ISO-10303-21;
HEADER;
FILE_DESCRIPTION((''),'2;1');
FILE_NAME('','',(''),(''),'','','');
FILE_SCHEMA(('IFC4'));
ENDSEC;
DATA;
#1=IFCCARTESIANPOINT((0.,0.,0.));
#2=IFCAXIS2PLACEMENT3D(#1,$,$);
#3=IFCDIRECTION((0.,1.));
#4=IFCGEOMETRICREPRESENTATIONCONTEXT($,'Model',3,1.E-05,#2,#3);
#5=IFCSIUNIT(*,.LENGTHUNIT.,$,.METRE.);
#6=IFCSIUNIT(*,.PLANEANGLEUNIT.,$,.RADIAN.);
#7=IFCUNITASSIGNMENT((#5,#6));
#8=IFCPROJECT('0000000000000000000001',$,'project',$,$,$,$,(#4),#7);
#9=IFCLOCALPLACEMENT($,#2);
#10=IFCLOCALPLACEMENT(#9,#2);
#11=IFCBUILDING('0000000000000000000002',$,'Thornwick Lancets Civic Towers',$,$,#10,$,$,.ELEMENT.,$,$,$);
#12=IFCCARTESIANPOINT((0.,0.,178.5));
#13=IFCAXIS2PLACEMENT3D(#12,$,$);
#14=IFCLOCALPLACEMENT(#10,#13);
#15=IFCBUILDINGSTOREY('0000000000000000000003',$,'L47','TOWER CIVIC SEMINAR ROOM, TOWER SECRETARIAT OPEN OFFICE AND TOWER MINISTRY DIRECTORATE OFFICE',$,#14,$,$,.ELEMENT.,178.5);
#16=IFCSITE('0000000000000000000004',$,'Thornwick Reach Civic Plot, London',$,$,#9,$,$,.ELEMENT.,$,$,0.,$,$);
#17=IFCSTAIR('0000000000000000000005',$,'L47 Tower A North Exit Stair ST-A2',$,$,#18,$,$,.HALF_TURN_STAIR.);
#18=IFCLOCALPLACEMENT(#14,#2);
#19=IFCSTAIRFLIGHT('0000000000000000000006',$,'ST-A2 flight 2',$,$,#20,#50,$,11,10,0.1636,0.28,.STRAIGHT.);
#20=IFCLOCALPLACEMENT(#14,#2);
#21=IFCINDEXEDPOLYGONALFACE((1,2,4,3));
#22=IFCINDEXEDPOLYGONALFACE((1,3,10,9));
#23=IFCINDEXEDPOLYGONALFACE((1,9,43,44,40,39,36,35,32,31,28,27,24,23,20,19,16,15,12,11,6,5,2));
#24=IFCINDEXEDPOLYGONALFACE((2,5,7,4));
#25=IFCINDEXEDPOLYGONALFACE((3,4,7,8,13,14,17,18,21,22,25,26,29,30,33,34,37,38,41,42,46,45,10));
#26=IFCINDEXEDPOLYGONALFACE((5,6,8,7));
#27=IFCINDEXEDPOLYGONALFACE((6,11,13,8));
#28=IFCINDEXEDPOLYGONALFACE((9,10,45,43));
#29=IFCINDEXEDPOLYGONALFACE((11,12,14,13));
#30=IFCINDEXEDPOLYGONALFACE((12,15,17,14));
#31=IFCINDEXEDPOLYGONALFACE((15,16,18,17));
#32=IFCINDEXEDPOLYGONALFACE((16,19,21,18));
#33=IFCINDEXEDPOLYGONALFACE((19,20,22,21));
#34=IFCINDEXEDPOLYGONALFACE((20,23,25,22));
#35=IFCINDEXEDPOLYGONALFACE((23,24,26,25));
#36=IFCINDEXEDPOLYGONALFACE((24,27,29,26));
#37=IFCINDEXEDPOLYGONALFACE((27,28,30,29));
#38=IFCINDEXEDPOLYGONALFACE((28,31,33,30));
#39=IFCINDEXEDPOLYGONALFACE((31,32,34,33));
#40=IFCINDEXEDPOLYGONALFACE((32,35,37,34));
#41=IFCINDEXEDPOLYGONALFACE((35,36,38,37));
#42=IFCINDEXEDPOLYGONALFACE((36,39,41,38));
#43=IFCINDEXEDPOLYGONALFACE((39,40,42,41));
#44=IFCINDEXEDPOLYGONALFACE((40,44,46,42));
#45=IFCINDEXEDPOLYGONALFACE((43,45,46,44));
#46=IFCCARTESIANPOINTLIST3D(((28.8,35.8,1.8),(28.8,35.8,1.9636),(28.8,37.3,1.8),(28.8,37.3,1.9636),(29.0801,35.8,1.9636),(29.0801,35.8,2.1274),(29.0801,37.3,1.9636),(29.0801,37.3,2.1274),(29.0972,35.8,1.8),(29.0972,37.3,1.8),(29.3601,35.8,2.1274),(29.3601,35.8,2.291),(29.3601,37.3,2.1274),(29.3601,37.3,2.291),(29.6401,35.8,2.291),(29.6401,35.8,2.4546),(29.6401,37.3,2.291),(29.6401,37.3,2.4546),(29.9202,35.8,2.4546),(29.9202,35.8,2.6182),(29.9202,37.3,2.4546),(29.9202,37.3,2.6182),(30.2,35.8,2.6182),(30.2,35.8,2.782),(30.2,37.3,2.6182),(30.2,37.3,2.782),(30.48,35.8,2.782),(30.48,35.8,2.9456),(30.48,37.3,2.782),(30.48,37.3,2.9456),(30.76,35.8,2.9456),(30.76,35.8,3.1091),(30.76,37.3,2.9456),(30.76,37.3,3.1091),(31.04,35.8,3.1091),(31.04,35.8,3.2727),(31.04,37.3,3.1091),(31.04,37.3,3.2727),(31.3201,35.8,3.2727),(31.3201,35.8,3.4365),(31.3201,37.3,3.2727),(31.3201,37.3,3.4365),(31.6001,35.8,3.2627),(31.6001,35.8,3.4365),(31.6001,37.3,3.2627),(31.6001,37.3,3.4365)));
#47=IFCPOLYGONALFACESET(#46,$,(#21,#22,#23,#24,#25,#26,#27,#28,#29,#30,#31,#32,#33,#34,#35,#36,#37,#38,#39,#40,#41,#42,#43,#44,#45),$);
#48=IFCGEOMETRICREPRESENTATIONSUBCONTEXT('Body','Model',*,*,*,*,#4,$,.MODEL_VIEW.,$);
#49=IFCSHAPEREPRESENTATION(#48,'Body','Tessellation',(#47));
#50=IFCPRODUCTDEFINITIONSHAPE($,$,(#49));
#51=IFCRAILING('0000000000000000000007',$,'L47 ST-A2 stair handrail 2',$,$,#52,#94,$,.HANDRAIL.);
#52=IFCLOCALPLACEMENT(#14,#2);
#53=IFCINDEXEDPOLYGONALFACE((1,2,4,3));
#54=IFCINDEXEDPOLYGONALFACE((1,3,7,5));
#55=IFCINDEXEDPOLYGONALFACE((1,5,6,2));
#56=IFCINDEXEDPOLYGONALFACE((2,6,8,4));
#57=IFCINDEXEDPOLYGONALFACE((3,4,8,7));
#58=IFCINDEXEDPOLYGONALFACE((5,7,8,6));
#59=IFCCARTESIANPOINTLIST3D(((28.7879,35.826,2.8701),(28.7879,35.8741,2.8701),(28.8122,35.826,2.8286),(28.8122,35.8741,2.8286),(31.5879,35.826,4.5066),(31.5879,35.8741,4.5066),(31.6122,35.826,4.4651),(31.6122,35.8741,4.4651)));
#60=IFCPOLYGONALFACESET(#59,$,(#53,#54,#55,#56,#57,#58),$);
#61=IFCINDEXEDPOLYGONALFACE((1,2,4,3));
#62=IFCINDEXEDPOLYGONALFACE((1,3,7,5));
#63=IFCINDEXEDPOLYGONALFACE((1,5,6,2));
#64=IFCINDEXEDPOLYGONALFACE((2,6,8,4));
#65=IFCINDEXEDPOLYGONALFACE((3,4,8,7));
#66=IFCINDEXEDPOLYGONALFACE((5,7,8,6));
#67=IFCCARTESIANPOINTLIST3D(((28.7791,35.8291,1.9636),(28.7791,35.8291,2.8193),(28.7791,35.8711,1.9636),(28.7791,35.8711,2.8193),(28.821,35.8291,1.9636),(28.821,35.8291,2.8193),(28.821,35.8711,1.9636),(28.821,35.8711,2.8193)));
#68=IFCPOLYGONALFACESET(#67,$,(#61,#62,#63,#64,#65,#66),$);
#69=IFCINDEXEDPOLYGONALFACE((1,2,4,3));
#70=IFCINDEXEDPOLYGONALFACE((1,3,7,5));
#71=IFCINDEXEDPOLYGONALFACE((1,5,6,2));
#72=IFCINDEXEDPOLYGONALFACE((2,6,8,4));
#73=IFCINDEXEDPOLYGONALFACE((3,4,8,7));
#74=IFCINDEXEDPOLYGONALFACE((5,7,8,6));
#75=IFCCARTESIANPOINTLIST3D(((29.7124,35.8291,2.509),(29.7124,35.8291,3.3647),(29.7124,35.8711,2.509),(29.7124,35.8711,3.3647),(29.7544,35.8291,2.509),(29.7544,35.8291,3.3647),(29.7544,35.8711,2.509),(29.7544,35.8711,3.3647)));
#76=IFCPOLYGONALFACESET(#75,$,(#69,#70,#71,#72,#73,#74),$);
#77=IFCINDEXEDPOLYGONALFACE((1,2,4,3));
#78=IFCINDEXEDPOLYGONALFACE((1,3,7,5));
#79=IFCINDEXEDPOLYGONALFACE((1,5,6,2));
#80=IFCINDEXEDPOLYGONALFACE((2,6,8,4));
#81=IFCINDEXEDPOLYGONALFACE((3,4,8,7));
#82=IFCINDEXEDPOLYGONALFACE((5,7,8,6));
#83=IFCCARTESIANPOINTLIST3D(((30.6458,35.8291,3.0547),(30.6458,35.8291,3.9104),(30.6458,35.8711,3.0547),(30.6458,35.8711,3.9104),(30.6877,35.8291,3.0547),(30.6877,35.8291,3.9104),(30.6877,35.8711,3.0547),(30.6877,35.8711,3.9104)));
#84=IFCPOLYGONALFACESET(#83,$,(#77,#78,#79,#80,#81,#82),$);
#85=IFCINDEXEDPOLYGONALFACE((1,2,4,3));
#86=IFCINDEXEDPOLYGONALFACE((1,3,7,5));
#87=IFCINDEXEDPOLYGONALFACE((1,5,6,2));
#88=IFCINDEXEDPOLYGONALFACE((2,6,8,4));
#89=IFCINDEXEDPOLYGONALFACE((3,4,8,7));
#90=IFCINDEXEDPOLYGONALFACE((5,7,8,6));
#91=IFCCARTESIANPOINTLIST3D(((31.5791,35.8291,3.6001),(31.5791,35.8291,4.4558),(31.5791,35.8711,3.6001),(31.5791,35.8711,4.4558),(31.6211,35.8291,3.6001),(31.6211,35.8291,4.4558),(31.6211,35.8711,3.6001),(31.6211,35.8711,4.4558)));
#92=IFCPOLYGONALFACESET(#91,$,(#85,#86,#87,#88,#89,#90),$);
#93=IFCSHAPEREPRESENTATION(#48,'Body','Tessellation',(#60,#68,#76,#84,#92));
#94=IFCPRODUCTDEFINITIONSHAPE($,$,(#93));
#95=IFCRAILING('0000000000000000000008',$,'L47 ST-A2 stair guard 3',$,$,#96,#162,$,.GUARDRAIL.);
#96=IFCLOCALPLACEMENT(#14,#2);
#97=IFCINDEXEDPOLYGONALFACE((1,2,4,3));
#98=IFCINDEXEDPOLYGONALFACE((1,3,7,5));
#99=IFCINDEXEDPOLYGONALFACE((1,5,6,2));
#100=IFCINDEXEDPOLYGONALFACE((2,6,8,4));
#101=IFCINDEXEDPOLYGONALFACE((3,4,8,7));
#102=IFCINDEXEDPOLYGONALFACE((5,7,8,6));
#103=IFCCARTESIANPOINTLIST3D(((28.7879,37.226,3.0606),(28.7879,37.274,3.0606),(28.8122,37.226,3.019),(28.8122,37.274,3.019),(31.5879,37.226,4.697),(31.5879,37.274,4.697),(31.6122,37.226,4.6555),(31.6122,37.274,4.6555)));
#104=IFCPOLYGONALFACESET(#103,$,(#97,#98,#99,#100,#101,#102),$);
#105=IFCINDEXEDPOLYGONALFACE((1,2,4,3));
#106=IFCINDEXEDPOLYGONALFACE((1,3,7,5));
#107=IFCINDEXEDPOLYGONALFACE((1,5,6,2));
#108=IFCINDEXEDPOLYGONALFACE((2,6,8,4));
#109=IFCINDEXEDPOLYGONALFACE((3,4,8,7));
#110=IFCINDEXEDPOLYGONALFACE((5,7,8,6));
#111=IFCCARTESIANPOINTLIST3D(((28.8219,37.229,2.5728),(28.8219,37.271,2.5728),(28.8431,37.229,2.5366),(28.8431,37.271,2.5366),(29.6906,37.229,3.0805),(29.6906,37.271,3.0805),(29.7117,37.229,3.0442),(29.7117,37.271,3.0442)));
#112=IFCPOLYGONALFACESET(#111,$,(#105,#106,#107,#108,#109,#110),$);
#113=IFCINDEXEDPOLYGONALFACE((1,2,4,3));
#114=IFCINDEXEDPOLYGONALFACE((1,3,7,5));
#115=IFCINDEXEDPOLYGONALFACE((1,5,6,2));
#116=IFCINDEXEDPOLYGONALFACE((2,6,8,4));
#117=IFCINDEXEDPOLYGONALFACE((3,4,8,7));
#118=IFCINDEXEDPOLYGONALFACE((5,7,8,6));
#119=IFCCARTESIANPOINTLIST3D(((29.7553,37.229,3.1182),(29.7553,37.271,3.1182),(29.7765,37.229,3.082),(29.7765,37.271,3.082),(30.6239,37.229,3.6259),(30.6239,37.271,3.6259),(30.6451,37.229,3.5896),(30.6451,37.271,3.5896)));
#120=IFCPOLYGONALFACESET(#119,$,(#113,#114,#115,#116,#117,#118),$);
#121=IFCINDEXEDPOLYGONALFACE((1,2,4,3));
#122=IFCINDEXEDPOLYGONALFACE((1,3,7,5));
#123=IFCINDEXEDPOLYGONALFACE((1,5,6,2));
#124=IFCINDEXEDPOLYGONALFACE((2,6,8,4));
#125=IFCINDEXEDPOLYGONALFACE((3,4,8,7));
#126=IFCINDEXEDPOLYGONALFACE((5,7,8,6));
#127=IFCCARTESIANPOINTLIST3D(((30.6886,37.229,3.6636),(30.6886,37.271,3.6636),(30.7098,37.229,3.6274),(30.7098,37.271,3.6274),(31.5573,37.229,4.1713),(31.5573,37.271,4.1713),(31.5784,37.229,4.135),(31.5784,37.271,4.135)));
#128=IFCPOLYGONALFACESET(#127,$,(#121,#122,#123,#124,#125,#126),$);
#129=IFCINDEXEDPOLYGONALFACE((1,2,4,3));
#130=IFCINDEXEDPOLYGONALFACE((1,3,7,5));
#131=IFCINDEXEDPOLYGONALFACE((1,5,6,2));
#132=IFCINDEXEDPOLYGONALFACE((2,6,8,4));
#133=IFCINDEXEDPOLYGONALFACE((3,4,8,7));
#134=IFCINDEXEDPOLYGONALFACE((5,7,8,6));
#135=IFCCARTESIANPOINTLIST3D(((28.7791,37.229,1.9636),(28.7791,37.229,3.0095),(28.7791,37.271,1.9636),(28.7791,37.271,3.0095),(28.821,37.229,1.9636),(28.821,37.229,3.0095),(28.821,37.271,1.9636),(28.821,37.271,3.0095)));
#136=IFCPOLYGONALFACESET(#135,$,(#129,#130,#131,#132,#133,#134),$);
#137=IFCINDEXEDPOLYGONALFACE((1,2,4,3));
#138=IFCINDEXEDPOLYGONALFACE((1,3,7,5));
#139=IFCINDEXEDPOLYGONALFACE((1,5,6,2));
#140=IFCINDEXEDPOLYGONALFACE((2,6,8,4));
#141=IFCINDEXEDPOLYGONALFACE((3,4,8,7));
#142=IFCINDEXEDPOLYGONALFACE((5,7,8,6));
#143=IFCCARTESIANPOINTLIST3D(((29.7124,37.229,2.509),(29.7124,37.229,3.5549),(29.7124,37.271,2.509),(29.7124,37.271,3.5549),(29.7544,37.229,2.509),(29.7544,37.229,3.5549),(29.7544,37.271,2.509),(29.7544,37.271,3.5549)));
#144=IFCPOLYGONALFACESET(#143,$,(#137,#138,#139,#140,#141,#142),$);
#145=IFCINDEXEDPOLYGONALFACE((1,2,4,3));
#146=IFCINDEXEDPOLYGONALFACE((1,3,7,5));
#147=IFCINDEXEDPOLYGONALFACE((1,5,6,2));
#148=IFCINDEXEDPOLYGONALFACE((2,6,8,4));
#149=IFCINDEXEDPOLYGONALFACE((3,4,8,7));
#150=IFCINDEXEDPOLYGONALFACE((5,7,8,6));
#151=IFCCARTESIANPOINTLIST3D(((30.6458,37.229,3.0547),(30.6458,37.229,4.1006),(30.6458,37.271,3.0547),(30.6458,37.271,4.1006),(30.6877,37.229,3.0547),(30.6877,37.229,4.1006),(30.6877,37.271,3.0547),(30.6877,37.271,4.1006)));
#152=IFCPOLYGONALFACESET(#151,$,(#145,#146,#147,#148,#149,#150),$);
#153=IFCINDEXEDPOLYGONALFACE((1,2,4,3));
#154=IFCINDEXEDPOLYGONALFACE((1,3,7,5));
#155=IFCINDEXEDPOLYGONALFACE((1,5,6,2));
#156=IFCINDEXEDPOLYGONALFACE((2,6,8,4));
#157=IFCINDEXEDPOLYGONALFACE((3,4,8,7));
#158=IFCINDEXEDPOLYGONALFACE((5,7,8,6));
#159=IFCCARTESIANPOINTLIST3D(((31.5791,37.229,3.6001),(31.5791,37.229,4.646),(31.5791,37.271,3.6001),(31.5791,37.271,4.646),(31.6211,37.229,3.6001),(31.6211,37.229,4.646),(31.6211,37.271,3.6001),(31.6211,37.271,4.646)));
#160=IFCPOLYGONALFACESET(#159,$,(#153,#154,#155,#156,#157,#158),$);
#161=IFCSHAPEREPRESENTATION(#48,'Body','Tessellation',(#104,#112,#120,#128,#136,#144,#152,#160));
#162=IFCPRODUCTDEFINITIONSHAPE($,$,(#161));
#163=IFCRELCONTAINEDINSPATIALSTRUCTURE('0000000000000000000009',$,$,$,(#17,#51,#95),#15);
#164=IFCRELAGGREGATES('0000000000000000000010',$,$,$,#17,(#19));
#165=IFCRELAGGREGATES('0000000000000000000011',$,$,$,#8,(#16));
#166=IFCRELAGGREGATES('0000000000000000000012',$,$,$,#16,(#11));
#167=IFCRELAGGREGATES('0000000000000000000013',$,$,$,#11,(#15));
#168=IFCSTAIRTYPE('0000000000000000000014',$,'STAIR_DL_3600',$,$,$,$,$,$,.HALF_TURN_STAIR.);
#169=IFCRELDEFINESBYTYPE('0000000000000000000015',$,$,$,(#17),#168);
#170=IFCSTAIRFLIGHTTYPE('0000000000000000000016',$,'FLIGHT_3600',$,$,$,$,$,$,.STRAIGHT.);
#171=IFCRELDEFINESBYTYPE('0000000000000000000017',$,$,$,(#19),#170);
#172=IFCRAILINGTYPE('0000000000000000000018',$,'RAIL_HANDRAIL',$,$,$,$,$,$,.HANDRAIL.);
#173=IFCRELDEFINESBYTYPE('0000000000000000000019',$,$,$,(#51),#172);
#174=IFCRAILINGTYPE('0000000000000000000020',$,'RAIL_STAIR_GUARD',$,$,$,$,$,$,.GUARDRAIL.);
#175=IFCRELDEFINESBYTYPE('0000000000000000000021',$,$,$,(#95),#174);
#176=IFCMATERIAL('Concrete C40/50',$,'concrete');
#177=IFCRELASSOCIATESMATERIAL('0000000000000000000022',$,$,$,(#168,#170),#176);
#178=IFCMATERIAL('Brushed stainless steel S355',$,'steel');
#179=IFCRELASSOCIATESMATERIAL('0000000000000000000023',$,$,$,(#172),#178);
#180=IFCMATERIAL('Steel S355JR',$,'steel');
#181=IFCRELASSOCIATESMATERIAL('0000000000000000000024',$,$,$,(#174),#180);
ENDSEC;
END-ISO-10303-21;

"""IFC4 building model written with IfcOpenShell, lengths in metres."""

from ifc_helpers import new_model, si_unit, direction, frame, origin, origin_2d, place, context, subcontext, project, spatial, polyline, rectangle, outline, extrude, material, type_object, element, aggregate, save


model = new_model("IFC4")

# Units and contexts
model_context = context("Model", 3, precision=1e-05, world=origin(), true_north=direction((0.0, 1.0)))
body_context = subcontext(model_context, "Body", "Model", "MODEL_VIEW")
ifc_project = project(units=[si_unit("LENGTHUNIT", "METRE"), si_unit("PLANEANGLEUNIT", "RADIAN")], contexts=[model_context])

# Site, building, storey
site_placement = place(None, origin())
site = spatial("IfcSite", under=ifc_project, at=site_placement, Name="Thornwick Reach Civic Plot, London", CompositionType="ELEMENT", RefElevation=0.0)
building_placement = place(site_placement, origin())
building = spatial("IfcBuilding", under=site, at=building_placement, Name="Thornwick Lancets Civic Towers", CompositionType="ELEMENT")
storey_placement = place(building_placement, frame((0.0, 0.0, 178.5)))
storey = spatial("IfcBuildingStorey", under=building, at=storey_placement, Name="L47", Description="TOWER CIVIC SEMINAR ROOM, TOWER SECRETARIAT OPEN OFFICE AND TOWER MINISTRY DIRECTORATE OFFICE", CompositionType="ELEMENT", Elevation=178.5)

# Shared definitions
ifc_material_1 = material(Name="Steel S355JR", Category="steel")

# Shared definitions
ifc_material_2 = material(Name="Concrete C40/50", Category="concrete")

# Stair, stair flight
stair_type = type_object("IfcStairType", Name="STAIR_DL_3600", PredefinedType="HALF_TURN_STAIR", material=ifc_material_2)
stair_placement = place(storey_placement, origin())
stair = element("IfcStair", 1, at=stair_placement, inside=storey, type_object=stair_type, Name="L47 Tower A North Exit Stair ST-A2", PredefinedType="HALF_TURN_STAIR")
stair_flight_type = type_object("IfcStairFlightType", Name="FLIGHT_3600", PredefinedType="STRAIGHT", material=ifc_material_2)
stair_flight_placement = place(storey_placement, frame((28.8, 36.55, 1.8), z_axis=(0.0, 0.0, 1.0), x_axis=(1.0, 0.0, 0.0)))
stair_flight = element("IfcStairFlight", 2, at=stair_flight_placement, type_object=stair_flight_type, Name="ST-A2 flight 2", NumberOfRisers=11, NumberOfTreads=10, PredefinedType="STRAIGHT", RiserHeight=0.1636, TreadLength=0.28, context=body_context, shape_type="SweptSolid", body=[
    extrude(outline(polyline([(0.0, 0.0), (0.0, 0.1636), (0.28, 0.1636), (0.28, 0.3274), (0.5601, 0.3274), (0.5601, 0.491), (0.8401, 0.491), (0.8401, 0.6545), (1.1201, 0.6545), (1.1201, 0.8181), (1.3999, 0.8181), (1.3999, 0.9819), (1.6799, 0.9819), (1.6799, 1.1455), (1.96, 1.1455), (1.96, 1.3091), (2.24, 1.3091), (2.24, 1.4727), (2.52, 1.4727), (2.52, 1.6365), (2.8, 1.6365), (2.8, 1.8), (2.8, 1.4626), (0.2971, 0.0), (0.0, 0.0)])), frame((0.0, 0.75, 0.0), z_axis=(0.0, -1.0, 0.0), x_axis=(1.0, 0.0, 0.0)), (0.0, 0.0, 1.0), 1.5),
])
aggregate(stair, [stair_flight])

# Railings
ifc_material_3 = material(Name="Brushed stainless steel S355", Category="steel")
railing_type_1 = type_object("IfcRailingType", Name="RAIL_HANDRAIL", PredefinedType="HANDRAIL", material=ifc_material_3)
railing_1_placement = place(storey_placement, frame((28.8, 35.8501, 1.9636)))
element("IfcRailing", 3, at=railing_1_placement, inside=storey, type_object=railing_type_1, Name="L47 ST-A2 stair handrail 2", PredefinedType="HANDRAIL", context=body_context, shape_type="SweptSolid", body=[
    extrude(rectangle(XDim=0.0481, YDim=0.0481, at=origin_2d()), frame((0.0, 0.0, 0.8857), z_axis=(0.863361, 0.0, 0.504587), x_axis=(0.0, 1.0, 0.0)), (0.0, 0.0, 1.0), 3.2432),
    extrude(rectangle(XDim=0.042, YDim=0.042, at=origin_2d()), origin(), (0.0, 0.0, 1.0), 0.8557),
    extrude(rectangle(XDim=0.042, YDim=0.042, at=origin_2d()), frame((0.9333, 0.0, 0.5454)), (0.0, 0.0, 1.0), 0.8557),
    extrude(rectangle(XDim=0.042, YDim=0.042, at=origin_2d()), frame((1.8667, 0.0, 1.0911)), (0.0, 0.0, 1.0), 0.8557),
    extrude(rectangle(XDim=0.042, YDim=0.042, at=origin_2d()), frame((2.8, 0.0, 1.6365)), (0.0, 0.0, 1.0), 0.8557),
])
railing_type_2 = type_object("IfcRailingType", Name="RAIL_STAIR_GUARD", PredefinedType="GUARDRAIL", material=ifc_material_1)
railing_2_placement = place(storey_placement, frame((28.8, 37.25, 1.9636)))
element("IfcRailing", 4, at=railing_2_placement, inside=storey, type_object=railing_type_2, Name="L47 ST-A2 stair guard 3", PredefinedType="GUARDRAIL", context=body_context, shape_type="SweptSolid", body=[
    extrude(rectangle(XDim=0.0481, YDim=0.0481, at=origin_2d()), frame((0.0, 0.0, 1.0762), z_axis=(0.863361, 0.0, 0.504587), x_axis=(0.0, 1.0, 0.0)), (0.0, 0.0, 1.0), 3.2432),
    extrude(rectangle(XDim=0.042, YDim=0.042, at=origin_2d()), frame((0.0325, 0.0, 0.5911), z_axis=(0.863361, 0.0, 0.504587), x_axis=(0.0, 1.0, 0.0)), (0.0, 0.0, 1.0), 1.0061),
    extrude(rectangle(XDim=0.042, YDim=0.042, at=origin_2d()), frame((0.9658, 0.0, 1.1365), z_axis=(0.863361, 0.0, 0.504587), x_axis=(0.0, 1.0, 0.0)), (0.0, 0.0, 1.0), 1.0061),
    extrude(rectangle(XDim=0.042, YDim=0.042, at=origin_2d()), frame((1.8992, 0.0, 1.6819), z_axis=(0.863361, 0.0, 0.504587), x_axis=(0.0, 1.0, 0.0)), (0.0, 0.0, 1.0), 1.0061),
    extrude(rectangle(XDim=0.042, YDim=0.042, at=origin_2d()), origin(), (0.0, 0.0, 1.0), 1.0459),
    extrude(rectangle(XDim=0.042, YDim=0.042, at=origin_2d()), frame((0.9333, 0.0, 0.5454)), (0.0, 0.0, 1.0), 1.0459),
    extrude(rectangle(XDim=0.042, YDim=0.042, at=origin_2d()), frame((1.8667, 0.0, 1.0911)), (0.0, 0.0, 1.0), 1.0459),
    extrude(rectangle(XDim=0.042, YDim=0.042, at=origin_2d()), frame((2.8, 0.0, 1.6365)), (0.0, 0.0, 1.0), 1.0459),
])

save(model, "model.ifc")
